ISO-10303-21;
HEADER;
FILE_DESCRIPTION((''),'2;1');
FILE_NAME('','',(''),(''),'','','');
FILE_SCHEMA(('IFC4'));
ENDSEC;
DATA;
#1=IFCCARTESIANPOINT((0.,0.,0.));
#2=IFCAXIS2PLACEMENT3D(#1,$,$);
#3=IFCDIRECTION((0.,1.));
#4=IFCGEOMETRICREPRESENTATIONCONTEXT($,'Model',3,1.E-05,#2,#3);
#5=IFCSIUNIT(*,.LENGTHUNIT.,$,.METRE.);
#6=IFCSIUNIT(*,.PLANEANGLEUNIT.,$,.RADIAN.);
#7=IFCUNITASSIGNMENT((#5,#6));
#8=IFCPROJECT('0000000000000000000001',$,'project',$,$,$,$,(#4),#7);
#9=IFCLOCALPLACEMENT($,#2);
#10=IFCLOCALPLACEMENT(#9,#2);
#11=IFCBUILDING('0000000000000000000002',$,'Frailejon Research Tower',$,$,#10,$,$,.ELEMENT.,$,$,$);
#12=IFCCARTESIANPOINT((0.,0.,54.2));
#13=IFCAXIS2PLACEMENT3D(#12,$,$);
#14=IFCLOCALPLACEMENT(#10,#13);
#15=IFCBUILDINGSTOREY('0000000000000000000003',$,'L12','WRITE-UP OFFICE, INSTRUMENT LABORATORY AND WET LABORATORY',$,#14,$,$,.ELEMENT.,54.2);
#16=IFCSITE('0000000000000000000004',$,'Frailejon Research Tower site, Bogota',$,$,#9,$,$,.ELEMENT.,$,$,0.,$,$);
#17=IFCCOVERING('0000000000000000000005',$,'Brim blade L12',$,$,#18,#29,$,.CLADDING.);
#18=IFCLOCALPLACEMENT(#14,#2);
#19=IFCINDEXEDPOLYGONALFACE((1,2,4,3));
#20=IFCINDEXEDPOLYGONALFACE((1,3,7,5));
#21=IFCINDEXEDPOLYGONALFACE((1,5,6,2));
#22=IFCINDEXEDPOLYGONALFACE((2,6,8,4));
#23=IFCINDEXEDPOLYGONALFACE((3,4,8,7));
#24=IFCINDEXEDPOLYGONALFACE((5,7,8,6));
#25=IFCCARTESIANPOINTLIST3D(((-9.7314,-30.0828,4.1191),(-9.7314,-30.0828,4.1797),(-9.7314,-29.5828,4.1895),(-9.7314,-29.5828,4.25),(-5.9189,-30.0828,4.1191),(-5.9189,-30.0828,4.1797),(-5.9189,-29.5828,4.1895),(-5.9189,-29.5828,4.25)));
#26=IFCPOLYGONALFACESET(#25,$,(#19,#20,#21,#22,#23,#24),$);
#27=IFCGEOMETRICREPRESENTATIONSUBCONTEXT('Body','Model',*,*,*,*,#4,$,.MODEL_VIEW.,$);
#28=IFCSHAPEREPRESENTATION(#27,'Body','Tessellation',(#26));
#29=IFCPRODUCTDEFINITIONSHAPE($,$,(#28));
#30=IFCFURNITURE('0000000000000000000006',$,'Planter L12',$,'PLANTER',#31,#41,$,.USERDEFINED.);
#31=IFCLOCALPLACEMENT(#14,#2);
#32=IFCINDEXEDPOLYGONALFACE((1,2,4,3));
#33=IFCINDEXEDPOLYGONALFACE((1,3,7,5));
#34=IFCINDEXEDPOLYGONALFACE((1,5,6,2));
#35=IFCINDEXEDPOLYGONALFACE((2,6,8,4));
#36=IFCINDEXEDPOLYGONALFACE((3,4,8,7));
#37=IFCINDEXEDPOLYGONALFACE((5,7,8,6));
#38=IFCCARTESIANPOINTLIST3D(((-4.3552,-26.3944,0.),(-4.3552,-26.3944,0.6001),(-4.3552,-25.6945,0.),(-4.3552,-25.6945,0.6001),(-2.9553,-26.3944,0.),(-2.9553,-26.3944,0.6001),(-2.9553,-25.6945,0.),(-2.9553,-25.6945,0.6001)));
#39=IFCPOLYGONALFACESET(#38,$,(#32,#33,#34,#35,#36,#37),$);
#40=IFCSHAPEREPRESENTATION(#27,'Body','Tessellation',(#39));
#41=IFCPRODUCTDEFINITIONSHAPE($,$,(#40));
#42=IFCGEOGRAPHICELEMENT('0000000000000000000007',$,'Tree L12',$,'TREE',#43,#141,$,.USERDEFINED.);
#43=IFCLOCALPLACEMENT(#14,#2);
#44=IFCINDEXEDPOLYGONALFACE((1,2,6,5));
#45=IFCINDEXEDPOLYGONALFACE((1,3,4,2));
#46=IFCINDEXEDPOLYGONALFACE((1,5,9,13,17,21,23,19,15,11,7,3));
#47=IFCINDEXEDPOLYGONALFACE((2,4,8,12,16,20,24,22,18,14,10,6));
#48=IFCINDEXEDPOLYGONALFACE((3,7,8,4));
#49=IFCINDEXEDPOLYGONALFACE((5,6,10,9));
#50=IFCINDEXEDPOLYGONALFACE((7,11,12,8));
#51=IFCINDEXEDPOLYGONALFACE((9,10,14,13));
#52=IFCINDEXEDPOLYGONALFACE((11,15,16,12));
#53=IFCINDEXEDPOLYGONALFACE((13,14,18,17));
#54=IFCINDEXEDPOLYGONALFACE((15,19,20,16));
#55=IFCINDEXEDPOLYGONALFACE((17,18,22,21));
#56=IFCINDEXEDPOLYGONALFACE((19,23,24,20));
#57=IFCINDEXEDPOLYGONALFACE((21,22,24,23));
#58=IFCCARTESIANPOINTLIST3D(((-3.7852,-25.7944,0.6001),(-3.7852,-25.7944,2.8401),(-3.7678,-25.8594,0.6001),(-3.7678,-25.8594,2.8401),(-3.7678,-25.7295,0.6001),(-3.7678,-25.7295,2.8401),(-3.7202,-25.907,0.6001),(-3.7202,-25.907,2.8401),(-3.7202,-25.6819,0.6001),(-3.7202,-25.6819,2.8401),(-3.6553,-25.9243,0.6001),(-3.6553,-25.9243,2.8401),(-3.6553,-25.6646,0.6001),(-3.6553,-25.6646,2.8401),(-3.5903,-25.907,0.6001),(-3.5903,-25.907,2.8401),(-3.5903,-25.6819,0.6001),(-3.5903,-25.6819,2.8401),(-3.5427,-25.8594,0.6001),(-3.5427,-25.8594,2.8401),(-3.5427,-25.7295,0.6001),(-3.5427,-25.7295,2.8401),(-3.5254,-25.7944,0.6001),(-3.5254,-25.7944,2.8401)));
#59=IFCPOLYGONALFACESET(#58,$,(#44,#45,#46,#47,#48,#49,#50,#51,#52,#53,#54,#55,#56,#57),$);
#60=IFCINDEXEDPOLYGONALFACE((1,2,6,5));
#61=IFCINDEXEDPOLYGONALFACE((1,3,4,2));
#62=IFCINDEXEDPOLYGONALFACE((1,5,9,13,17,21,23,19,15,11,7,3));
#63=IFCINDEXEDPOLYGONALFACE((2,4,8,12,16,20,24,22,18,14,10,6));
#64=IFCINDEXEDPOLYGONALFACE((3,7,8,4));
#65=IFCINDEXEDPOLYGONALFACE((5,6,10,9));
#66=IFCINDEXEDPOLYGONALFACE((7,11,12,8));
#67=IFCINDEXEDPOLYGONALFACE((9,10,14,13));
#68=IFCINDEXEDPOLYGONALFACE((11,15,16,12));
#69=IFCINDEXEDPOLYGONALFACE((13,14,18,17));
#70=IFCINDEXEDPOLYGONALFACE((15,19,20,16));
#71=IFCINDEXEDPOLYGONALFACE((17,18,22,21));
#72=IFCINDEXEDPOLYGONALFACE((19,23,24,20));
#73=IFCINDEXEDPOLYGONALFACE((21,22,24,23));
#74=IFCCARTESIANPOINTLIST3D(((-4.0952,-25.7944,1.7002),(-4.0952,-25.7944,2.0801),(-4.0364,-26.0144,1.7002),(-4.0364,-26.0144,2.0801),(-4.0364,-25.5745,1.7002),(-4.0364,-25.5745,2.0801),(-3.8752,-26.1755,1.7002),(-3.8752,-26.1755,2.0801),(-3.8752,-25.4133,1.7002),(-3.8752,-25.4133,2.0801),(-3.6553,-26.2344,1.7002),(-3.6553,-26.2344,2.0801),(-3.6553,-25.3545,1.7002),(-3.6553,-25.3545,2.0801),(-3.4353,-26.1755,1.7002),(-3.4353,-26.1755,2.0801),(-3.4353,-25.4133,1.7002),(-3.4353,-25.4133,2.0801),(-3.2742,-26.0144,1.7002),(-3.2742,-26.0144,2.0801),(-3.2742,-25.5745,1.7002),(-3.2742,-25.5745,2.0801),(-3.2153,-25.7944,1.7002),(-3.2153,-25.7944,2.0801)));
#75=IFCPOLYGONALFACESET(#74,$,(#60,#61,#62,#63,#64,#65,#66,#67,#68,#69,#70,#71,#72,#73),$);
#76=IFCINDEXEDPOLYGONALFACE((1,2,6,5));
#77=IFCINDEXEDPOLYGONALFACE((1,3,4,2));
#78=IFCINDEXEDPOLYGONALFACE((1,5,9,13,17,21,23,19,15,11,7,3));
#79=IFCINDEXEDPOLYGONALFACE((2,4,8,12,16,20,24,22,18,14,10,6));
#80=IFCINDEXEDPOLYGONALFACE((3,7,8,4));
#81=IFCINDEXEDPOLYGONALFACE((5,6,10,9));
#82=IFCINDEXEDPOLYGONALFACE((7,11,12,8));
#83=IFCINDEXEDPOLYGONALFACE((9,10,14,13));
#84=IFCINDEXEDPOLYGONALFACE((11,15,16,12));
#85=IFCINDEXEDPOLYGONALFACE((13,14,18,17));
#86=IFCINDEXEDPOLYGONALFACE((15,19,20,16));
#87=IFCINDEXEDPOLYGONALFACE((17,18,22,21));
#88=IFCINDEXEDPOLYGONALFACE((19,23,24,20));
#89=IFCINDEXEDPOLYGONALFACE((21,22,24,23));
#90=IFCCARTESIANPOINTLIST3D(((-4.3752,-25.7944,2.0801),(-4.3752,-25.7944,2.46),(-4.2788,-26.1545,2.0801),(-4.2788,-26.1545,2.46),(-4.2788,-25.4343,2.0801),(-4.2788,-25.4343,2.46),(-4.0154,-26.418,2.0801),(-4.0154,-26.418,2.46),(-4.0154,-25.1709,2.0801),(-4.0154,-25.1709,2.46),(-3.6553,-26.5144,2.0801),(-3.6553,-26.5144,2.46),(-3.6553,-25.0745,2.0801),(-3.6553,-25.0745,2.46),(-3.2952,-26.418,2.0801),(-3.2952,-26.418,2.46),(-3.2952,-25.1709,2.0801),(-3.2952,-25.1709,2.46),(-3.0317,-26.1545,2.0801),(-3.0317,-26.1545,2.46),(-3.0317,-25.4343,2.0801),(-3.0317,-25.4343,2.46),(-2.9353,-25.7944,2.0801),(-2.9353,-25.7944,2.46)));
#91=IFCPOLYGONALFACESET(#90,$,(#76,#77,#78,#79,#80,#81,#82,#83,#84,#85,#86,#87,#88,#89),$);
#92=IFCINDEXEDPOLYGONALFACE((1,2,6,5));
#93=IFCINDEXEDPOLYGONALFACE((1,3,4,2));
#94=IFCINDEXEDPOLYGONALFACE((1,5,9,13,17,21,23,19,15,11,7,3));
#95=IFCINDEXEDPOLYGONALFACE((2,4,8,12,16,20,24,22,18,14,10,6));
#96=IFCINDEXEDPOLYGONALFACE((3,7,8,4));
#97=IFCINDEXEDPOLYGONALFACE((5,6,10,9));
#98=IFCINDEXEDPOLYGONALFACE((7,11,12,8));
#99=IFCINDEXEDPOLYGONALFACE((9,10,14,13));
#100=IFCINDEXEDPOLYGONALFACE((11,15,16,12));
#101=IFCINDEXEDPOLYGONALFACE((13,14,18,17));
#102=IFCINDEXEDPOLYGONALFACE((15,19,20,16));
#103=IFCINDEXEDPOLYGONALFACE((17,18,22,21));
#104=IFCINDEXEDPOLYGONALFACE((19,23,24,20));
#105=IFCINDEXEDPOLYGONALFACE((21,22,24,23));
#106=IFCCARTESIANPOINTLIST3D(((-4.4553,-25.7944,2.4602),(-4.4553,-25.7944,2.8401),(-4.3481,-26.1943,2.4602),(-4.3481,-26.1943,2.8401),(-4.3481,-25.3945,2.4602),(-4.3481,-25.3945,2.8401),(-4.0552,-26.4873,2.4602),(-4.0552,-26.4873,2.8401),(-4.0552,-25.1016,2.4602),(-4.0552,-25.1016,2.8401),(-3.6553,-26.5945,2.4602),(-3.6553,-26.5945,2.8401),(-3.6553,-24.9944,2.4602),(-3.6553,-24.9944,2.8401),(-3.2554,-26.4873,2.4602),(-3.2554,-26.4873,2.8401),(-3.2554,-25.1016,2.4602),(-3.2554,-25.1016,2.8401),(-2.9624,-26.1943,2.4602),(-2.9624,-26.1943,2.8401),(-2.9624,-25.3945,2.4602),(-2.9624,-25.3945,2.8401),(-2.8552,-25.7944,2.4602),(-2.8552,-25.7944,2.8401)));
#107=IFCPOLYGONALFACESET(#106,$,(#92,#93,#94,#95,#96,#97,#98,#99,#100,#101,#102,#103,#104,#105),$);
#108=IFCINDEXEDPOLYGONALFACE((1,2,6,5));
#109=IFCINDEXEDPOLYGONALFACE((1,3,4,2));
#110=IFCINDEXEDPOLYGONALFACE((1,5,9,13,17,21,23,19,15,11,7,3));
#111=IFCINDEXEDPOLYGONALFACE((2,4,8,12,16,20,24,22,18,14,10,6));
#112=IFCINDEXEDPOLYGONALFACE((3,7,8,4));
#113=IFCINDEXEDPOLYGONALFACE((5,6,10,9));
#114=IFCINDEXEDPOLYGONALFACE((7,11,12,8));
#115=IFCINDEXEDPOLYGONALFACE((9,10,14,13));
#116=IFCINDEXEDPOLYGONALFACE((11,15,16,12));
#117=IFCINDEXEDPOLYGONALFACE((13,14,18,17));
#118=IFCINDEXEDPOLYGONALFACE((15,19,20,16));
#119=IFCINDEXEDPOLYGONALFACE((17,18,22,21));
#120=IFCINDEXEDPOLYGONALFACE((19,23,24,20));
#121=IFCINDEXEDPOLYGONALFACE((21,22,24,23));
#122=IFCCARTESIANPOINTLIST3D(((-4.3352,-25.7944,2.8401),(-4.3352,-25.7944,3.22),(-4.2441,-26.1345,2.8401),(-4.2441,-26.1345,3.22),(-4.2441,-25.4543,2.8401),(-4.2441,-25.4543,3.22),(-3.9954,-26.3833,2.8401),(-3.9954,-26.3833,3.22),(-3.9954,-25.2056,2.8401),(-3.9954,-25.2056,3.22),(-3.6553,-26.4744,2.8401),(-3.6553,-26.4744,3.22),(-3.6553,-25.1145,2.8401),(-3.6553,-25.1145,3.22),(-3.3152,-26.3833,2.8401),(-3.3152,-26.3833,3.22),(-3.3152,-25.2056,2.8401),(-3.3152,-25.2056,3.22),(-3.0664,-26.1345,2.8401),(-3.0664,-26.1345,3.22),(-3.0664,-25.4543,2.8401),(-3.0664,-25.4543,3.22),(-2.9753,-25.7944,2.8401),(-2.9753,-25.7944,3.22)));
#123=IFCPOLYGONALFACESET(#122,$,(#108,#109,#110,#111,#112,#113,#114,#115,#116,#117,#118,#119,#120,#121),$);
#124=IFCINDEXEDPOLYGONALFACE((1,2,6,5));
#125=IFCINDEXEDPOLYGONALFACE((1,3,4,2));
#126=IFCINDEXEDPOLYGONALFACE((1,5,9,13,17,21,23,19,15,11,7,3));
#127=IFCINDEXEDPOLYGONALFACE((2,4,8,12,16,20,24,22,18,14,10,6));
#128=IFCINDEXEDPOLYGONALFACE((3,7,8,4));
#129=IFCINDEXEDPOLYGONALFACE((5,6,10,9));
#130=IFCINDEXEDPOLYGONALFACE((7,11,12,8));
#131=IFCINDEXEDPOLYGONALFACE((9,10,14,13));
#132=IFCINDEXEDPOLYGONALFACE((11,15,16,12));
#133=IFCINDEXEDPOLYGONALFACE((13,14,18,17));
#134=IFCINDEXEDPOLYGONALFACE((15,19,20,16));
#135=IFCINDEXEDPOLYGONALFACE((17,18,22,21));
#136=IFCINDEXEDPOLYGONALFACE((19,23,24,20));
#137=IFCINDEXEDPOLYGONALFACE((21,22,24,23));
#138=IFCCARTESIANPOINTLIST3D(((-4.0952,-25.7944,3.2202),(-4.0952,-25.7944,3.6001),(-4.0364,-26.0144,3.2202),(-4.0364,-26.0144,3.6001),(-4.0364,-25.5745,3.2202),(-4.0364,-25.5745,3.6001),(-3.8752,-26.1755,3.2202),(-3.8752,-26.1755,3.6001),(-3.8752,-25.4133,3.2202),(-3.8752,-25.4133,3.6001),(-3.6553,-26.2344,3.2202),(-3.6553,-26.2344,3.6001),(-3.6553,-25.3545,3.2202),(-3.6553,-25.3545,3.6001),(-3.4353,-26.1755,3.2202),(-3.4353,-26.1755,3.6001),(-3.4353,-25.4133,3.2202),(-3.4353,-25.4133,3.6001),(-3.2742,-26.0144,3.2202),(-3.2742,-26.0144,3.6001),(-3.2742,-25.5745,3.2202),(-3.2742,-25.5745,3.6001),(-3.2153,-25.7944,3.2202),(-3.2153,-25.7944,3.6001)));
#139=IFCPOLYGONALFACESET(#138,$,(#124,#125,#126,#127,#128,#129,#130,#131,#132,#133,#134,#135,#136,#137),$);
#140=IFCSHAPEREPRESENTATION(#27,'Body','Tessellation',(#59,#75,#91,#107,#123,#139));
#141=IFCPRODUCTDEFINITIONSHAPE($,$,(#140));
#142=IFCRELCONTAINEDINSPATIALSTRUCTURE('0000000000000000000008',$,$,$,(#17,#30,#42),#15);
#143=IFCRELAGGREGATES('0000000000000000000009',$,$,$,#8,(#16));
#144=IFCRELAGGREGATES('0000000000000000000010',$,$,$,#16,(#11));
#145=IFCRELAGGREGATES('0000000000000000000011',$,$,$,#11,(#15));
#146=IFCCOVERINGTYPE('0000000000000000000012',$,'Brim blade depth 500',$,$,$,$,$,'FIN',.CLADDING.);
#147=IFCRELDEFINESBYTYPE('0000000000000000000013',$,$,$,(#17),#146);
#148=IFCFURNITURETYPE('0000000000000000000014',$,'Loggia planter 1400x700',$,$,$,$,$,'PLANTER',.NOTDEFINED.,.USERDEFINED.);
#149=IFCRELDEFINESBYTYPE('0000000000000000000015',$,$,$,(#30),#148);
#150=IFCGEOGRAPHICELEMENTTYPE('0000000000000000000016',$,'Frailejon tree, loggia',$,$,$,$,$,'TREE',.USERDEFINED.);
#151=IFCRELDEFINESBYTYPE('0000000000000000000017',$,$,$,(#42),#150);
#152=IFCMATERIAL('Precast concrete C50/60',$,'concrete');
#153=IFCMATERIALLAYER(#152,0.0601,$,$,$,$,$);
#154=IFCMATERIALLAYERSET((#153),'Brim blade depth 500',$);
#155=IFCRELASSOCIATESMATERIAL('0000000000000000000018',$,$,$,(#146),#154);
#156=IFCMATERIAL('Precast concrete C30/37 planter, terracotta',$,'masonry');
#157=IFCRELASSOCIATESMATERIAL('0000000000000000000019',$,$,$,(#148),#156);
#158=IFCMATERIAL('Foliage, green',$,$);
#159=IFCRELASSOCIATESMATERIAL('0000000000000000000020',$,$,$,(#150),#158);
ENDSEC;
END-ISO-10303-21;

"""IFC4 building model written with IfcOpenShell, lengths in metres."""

from ifc_helpers import new_model, si_unit, direction, frame, origin, origin_2d, place, context, subcontext, project, spatial, polyline, rectangle, outline, extrude, material, layer, layer_set, type_object, element, save


model = new_model("IFC4")

# Units and contexts
model_context = context("Model", 3, precision=1e-05, world=origin(), true_north=direction((0.0, 1.0)))
body_context = subcontext(model_context, "Body", "Model", "MODEL_VIEW")
ifc_project = project(units=[si_unit("LENGTHUNIT", "METRE"), si_unit("PLANEANGLEUNIT", "RADIAN")], contexts=[model_context])

# Site, building, storey
site_placement = place(None, origin())
site = spatial("IfcSite", under=ifc_project, at=site_placement, Name="Frailejon Research Tower site, Bogota", CompositionType="ELEMENT", RefElevation=0.0)
building_placement = place(site_placement, origin())
building = spatial("IfcBuilding", under=site, at=building_placement, Name="Frailejon Research Tower", CompositionType="ELEMENT")
storey_placement = place(building_placement, frame((0.0, 0.0, 54.2)))
storey = spatial("IfcBuildingStorey", under=building, at=storey_placement, Name="L12", Description="WRITE-UP OFFICE, INSTRUMENT LABORATORY AND WET LABORATORY", CompositionType="ELEMENT", Elevation=54.2)

# Covering
ifc_material_1 = material(Name="Precast concrete C50/60", Category="concrete")
ifc_layer_1 = layer(ifc_material_1, 0.0601)
ifc_layer_set_1 = layer_set([ifc_layer_1], Name="Brim blade depth 500")
covering_type_1 = type_object("IfcCoveringType", Name="Brim blade depth 500", ElementType="FIN", PredefinedType="CLADDING", material=ifc_layer_set_1)
covering_1_placement = place(storey_placement, frame((-5.9189, -29.5828, 4.25), z_axis=(-1.0, 0.0, 0.0), x_axis=(0.0, -1.0, 0.0)))
element("IfcCovering", 1, at=covering_1_placement, inside=storey, type_object=covering_type_1, Name="Brim blade L12", PredefinedType="CLADDING", context=body_context, shape_type="SweptSolid", body=[
    extrude(outline(polyline([(0.0, -0.0605), (0.5, -0.1309), (0.5, -0.0703), (0.0, 0.0), (0.0, -0.0605)])), origin(), (0.0, 0.0, 1.0), 3.8125),
])

# Furniture
ifc_material_2 = material(Name="Precast concrete C30/37 planter, terracotta", Category="masonry")
furniture_type = type_object("IfcFurnitureType", Name="Loggia planter 1400x700", ElementType="PLANTER", AssemblyPlace="NOTDEFINED", PredefinedType="USERDEFINED", material=ifc_material_2)
furniture_placement = place(storey_placement, frame((-3.6553, -26.0444, 0.0), z_axis=(0.0, 0.0, 1.0), x_axis=(1.0, 0.0, 0.0)))
element("IfcFurniture", 2, at=furniture_placement, inside=storey, type_object=furniture_type, Name="Planter L12", ObjectType="PLANTER", PredefinedType="USERDEFINED", context=body_context, shape_type="SweptSolid", body=[
    extrude(rectangle(XDim=1.3999, YDim=0.7, at=origin_2d()), origin(), (0.0, 0.0, 1.0), 0.6001),
])

# Geographic element
ifc_material_3 = material(Name="Foliage, green")
geographic_element_type = type_object("IfcGeographicElementType", Name="Frailejon tree, loggia", ElementType="TREE", PredefinedType="USERDEFINED", material=ifc_material_3)
geographic_element_placement = place(storey_placement, frame((-3.6553, -25.7944, 0.6001)))
element("IfcGeographicElement", 3, at=geographic_element_placement, inside=storey, type_object=geographic_element_type, Name="Tree L12", ObjectType="TREE", PredefinedType="USERDEFINED", context=body_context, shape_type="SweptSolid", body=[
    extrude(outline(polyline([(0.1299, 0.0), (0.1125, 0.0649), (0.0649, 0.1125), (0.0, 0.1299), (-0.0649, 0.1125), (-0.1125, 0.0649), (-0.1299, 0.0), (-0.1125, -0.0649), (-0.0649, -0.1125), (0.0, -0.1299), (0.0649, -0.1125), (0.1125, -0.0649), (0.1299, 0.0)])), origin(), (0.0, 0.0, 1.0), 2.24),
    extrude(outline(polyline([(0.4399, 0.0), (0.3811, 0.22), (0.22, 0.3811), (0.0, 0.4399), (-0.22, 0.3811), (-0.3811, 0.22), (-0.4399, 0.0), (-0.3811, -0.22), (-0.22, -0.3811), (0.0, -0.4399), (0.22, -0.3811), (0.3811, -0.22), (0.4399, 0.0)])), frame((0.0, 0.0, 1.1001)), (0.0, 0.0, 1.0), 0.3799),
    extrude(outline(polyline([(0.72, 0.0), (0.6235, 0.3601), (0.3601, 0.6235), (0.0, 0.72), (-0.3601, 0.6235), (-0.6235, 0.3601), (-0.72, 0.0), (-0.6235, -0.3601), (-0.3601, -0.6235), (0.0, -0.72), (0.3601, -0.6235), (0.6235, -0.3601), (0.72, 0.0)])), frame((0.0, 0.0, 1.48)), (0.0, 0.0, 1.0), 0.3799),
    extrude(outline(polyline([(0.8, 0.0), (0.6929, 0.3999), (0.3999, 0.6929), (0.0, 0.8), (-0.3999, 0.6929), (-0.6929, 0.3999), (-0.8, 0.0), (-0.6929, -0.3999), (-0.3999, -0.6929), (0.0, -0.8), (0.3999, -0.6929), (0.6929, -0.3999), (0.8, 0.0)])), frame((0.0, 0.0, 1.8601)), (0.0, 0.0, 1.0), 0.3799),
    extrude(outline(polyline([(0.6799, 0.0), (0.5889, 0.3401), (0.3401, 0.5889), (0.0, 0.6799), (-0.3401, 0.5889), (-0.5889, 0.3401), (-0.6799, 0.0), (-0.5889, -0.3401), (-0.3401, -0.5889), (0.0, -0.6799), (0.3401, -0.5889), (0.5889, -0.3401), (0.6799, 0.0)])), frame((0.0, 0.0, 2.24)), (0.0, 0.0, 1.0), 0.3799),
    extrude(outline(polyline([(0.4399, 0.0), (0.3811, 0.22), (0.22, 0.3811), (0.0, 0.4399), (-0.22, 0.3811), (-0.3811, 0.22), (-0.4399, 0.0), (-0.3811, -0.22), (-0.22, -0.3811), (0.0, -0.4399), (0.22, -0.3811), (0.3811, -0.22), (0.4399, 0.0)])), frame((0.0, 0.0, 2.6201)), (0.0, 0.0, 1.0), 0.3799),
])

save(model, "model.ifc")
